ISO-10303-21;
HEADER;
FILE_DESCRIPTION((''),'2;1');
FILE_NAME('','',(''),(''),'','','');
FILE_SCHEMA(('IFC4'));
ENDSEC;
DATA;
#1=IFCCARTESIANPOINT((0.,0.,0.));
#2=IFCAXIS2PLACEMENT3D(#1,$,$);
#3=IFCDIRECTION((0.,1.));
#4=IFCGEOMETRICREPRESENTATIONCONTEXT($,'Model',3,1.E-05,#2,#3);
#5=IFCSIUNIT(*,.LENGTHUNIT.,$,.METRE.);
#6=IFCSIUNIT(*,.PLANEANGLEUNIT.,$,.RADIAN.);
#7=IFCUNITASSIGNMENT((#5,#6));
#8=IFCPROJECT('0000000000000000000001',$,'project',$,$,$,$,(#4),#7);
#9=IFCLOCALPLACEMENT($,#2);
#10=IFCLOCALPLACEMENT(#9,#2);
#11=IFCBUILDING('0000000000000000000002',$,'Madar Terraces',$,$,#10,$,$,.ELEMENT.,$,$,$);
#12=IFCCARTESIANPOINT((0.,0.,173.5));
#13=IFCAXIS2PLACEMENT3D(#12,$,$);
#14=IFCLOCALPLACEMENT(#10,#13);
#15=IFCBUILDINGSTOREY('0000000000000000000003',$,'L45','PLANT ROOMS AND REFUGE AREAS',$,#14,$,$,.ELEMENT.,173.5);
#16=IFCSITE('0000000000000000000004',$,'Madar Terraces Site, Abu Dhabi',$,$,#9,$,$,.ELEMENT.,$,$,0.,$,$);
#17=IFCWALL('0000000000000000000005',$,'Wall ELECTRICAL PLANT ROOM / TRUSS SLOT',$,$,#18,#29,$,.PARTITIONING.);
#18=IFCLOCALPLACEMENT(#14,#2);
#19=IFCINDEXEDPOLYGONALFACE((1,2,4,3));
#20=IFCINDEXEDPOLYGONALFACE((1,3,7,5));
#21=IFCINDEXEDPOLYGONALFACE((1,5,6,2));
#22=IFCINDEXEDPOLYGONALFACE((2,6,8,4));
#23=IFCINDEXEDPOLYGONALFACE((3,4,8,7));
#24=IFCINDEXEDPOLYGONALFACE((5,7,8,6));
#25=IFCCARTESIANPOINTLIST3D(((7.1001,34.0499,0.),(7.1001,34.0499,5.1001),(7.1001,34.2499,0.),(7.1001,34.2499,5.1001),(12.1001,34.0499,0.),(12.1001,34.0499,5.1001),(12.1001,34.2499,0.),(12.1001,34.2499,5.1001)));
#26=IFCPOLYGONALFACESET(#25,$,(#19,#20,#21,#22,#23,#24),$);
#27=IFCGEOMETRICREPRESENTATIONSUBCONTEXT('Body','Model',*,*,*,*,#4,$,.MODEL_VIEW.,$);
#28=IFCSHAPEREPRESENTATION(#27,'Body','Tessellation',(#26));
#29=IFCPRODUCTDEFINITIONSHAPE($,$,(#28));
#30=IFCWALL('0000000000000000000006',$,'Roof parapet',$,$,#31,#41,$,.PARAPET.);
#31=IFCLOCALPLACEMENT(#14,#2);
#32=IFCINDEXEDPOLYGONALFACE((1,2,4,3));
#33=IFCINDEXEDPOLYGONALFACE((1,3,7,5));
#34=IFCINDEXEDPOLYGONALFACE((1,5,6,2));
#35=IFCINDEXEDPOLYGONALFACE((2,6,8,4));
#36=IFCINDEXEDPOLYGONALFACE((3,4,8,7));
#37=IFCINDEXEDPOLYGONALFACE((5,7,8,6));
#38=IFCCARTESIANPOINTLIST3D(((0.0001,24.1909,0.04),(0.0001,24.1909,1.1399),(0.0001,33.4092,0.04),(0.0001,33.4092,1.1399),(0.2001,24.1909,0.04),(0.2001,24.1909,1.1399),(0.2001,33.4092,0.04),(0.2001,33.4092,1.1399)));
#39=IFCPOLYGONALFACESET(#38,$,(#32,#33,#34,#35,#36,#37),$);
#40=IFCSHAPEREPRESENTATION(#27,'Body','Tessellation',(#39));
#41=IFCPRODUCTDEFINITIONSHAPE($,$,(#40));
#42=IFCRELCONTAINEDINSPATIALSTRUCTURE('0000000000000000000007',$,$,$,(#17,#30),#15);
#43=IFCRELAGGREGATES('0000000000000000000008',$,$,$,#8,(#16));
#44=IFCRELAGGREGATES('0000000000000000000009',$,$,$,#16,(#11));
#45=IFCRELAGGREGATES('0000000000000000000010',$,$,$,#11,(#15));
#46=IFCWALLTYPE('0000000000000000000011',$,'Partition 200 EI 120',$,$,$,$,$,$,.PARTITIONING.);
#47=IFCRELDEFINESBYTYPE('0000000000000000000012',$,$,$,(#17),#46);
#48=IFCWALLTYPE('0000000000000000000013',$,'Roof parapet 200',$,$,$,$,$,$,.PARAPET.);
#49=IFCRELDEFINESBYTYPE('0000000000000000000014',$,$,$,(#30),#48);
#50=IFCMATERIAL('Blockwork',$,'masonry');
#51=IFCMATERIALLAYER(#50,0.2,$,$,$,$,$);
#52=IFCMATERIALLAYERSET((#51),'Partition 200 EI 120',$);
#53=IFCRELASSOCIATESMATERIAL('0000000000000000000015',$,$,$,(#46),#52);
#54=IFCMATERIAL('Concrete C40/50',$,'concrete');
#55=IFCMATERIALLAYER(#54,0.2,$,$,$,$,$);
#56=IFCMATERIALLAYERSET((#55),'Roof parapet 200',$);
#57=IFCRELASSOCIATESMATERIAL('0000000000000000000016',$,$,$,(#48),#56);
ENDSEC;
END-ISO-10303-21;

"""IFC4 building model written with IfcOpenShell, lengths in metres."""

from ifc_helpers import new_model, si_unit, direction, frame, frame_2d, origin, place, context, subcontext, project, spatial, rectangle, extrude, material, layer, layer_set, type_object, element, save


model = new_model("IFC4")

# Units and contexts
model_context = context("Model", 3, precision=1e-05, world=origin(), true_north=direction((0.0, 1.0)))
body_context = subcontext(model_context, "Body", "Model", "MODEL_VIEW")
ifc_project = project(units=[si_unit("LENGTHUNIT", "METRE"), si_unit("PLANEANGLEUNIT", "RADIAN")], contexts=[model_context])

# Site, building, storey
site_placement = place(None, origin())
site = spatial("IfcSite", under=ifc_project, at=site_placement, Name="Madar Terraces Site, Abu Dhabi", CompositionType="ELEMENT", RefElevation=0.0)
building_placement = place(site_placement, origin())
building = spatial("IfcBuilding", under=site, at=building_placement, Name="Madar Terraces", CompositionType="ELEMENT")
storey_placement = place(building_placement, frame((0.0, 0.0, 173.5)))
storey = spatial("IfcBuildingStorey", under=building, at=storey_placement, Name="L45", Description="PLANT ROOMS AND REFUGE AREAS", CompositionType="ELEMENT", Elevation=173.5)

# Walls
ifc_material_1 = material(Name="Blockwork", Category="masonry")
ifc_layer_1 = layer(ifc_material_1, 0.2)
ifc_layer_set_1 = layer_set([ifc_layer_1], Name="Partition 200 EI 120")
wall_type_1 = type_object("IfcWallType", Name="Partition 200 EI 120", PredefinedType="PARTITIONING", material=ifc_layer_set_1)
for number, where, z_axis, x_axis, name in (
    (1, (7.1001, 34.1499, 0.0), (0.0, 0.0, 1.0), (1.0, 0.0, 0.0), "Wall ELECTRICAL PLANT ROOM / TRUSS SLOT"),
):
    element("IfcWall", number, at=place(storey_placement, frame(where, z_axis=z_axis, x_axis=x_axis)), inside=storey, type_object=wall_type_1, Name=name, PredefinedType="PARTITIONING", context=body_context, shape_type="SweptSolid", body=[
        extrude(rectangle(XDim=5.0, YDim=0.2, at=frame_2d((2.5, 0.0))), origin(), (0.0, 0.0, 1.0), 5.1001),
    ])
ifc_material_2 = material(Name="Concrete C40/50", Category="concrete")
ifc_layer_2 = layer(ifc_material_2, 0.2)
ifc_layer_set_2 = layer_set([ifc_layer_2], Name="Roof parapet 200")
wall_type_2 = type_object("IfcWallType", Name="Roof parapet 200", PredefinedType="PARAPET", material=ifc_layer_set_2)
wall_placement = place(storey_placement, frame((0.1001, 33.4092, 0.04), z_axis=(0.0, 0.0, 1.0), x_axis=(0.0, -1.0, 0.0)))
element("IfcWall", 2, at=wall_placement, inside=storey, type_object=wall_type_2, Name="Roof parapet", PredefinedType="PARAPET", context=body_context, shape_type="SweptSolid", body=[
    extrude(rectangle(XDim=9.2183, YDim=0.2, at=frame_2d((4.6091, 0.0))), origin(), (0.0, 0.0, 1.0), 1.0999),
])

save(model, "model.ifc")
